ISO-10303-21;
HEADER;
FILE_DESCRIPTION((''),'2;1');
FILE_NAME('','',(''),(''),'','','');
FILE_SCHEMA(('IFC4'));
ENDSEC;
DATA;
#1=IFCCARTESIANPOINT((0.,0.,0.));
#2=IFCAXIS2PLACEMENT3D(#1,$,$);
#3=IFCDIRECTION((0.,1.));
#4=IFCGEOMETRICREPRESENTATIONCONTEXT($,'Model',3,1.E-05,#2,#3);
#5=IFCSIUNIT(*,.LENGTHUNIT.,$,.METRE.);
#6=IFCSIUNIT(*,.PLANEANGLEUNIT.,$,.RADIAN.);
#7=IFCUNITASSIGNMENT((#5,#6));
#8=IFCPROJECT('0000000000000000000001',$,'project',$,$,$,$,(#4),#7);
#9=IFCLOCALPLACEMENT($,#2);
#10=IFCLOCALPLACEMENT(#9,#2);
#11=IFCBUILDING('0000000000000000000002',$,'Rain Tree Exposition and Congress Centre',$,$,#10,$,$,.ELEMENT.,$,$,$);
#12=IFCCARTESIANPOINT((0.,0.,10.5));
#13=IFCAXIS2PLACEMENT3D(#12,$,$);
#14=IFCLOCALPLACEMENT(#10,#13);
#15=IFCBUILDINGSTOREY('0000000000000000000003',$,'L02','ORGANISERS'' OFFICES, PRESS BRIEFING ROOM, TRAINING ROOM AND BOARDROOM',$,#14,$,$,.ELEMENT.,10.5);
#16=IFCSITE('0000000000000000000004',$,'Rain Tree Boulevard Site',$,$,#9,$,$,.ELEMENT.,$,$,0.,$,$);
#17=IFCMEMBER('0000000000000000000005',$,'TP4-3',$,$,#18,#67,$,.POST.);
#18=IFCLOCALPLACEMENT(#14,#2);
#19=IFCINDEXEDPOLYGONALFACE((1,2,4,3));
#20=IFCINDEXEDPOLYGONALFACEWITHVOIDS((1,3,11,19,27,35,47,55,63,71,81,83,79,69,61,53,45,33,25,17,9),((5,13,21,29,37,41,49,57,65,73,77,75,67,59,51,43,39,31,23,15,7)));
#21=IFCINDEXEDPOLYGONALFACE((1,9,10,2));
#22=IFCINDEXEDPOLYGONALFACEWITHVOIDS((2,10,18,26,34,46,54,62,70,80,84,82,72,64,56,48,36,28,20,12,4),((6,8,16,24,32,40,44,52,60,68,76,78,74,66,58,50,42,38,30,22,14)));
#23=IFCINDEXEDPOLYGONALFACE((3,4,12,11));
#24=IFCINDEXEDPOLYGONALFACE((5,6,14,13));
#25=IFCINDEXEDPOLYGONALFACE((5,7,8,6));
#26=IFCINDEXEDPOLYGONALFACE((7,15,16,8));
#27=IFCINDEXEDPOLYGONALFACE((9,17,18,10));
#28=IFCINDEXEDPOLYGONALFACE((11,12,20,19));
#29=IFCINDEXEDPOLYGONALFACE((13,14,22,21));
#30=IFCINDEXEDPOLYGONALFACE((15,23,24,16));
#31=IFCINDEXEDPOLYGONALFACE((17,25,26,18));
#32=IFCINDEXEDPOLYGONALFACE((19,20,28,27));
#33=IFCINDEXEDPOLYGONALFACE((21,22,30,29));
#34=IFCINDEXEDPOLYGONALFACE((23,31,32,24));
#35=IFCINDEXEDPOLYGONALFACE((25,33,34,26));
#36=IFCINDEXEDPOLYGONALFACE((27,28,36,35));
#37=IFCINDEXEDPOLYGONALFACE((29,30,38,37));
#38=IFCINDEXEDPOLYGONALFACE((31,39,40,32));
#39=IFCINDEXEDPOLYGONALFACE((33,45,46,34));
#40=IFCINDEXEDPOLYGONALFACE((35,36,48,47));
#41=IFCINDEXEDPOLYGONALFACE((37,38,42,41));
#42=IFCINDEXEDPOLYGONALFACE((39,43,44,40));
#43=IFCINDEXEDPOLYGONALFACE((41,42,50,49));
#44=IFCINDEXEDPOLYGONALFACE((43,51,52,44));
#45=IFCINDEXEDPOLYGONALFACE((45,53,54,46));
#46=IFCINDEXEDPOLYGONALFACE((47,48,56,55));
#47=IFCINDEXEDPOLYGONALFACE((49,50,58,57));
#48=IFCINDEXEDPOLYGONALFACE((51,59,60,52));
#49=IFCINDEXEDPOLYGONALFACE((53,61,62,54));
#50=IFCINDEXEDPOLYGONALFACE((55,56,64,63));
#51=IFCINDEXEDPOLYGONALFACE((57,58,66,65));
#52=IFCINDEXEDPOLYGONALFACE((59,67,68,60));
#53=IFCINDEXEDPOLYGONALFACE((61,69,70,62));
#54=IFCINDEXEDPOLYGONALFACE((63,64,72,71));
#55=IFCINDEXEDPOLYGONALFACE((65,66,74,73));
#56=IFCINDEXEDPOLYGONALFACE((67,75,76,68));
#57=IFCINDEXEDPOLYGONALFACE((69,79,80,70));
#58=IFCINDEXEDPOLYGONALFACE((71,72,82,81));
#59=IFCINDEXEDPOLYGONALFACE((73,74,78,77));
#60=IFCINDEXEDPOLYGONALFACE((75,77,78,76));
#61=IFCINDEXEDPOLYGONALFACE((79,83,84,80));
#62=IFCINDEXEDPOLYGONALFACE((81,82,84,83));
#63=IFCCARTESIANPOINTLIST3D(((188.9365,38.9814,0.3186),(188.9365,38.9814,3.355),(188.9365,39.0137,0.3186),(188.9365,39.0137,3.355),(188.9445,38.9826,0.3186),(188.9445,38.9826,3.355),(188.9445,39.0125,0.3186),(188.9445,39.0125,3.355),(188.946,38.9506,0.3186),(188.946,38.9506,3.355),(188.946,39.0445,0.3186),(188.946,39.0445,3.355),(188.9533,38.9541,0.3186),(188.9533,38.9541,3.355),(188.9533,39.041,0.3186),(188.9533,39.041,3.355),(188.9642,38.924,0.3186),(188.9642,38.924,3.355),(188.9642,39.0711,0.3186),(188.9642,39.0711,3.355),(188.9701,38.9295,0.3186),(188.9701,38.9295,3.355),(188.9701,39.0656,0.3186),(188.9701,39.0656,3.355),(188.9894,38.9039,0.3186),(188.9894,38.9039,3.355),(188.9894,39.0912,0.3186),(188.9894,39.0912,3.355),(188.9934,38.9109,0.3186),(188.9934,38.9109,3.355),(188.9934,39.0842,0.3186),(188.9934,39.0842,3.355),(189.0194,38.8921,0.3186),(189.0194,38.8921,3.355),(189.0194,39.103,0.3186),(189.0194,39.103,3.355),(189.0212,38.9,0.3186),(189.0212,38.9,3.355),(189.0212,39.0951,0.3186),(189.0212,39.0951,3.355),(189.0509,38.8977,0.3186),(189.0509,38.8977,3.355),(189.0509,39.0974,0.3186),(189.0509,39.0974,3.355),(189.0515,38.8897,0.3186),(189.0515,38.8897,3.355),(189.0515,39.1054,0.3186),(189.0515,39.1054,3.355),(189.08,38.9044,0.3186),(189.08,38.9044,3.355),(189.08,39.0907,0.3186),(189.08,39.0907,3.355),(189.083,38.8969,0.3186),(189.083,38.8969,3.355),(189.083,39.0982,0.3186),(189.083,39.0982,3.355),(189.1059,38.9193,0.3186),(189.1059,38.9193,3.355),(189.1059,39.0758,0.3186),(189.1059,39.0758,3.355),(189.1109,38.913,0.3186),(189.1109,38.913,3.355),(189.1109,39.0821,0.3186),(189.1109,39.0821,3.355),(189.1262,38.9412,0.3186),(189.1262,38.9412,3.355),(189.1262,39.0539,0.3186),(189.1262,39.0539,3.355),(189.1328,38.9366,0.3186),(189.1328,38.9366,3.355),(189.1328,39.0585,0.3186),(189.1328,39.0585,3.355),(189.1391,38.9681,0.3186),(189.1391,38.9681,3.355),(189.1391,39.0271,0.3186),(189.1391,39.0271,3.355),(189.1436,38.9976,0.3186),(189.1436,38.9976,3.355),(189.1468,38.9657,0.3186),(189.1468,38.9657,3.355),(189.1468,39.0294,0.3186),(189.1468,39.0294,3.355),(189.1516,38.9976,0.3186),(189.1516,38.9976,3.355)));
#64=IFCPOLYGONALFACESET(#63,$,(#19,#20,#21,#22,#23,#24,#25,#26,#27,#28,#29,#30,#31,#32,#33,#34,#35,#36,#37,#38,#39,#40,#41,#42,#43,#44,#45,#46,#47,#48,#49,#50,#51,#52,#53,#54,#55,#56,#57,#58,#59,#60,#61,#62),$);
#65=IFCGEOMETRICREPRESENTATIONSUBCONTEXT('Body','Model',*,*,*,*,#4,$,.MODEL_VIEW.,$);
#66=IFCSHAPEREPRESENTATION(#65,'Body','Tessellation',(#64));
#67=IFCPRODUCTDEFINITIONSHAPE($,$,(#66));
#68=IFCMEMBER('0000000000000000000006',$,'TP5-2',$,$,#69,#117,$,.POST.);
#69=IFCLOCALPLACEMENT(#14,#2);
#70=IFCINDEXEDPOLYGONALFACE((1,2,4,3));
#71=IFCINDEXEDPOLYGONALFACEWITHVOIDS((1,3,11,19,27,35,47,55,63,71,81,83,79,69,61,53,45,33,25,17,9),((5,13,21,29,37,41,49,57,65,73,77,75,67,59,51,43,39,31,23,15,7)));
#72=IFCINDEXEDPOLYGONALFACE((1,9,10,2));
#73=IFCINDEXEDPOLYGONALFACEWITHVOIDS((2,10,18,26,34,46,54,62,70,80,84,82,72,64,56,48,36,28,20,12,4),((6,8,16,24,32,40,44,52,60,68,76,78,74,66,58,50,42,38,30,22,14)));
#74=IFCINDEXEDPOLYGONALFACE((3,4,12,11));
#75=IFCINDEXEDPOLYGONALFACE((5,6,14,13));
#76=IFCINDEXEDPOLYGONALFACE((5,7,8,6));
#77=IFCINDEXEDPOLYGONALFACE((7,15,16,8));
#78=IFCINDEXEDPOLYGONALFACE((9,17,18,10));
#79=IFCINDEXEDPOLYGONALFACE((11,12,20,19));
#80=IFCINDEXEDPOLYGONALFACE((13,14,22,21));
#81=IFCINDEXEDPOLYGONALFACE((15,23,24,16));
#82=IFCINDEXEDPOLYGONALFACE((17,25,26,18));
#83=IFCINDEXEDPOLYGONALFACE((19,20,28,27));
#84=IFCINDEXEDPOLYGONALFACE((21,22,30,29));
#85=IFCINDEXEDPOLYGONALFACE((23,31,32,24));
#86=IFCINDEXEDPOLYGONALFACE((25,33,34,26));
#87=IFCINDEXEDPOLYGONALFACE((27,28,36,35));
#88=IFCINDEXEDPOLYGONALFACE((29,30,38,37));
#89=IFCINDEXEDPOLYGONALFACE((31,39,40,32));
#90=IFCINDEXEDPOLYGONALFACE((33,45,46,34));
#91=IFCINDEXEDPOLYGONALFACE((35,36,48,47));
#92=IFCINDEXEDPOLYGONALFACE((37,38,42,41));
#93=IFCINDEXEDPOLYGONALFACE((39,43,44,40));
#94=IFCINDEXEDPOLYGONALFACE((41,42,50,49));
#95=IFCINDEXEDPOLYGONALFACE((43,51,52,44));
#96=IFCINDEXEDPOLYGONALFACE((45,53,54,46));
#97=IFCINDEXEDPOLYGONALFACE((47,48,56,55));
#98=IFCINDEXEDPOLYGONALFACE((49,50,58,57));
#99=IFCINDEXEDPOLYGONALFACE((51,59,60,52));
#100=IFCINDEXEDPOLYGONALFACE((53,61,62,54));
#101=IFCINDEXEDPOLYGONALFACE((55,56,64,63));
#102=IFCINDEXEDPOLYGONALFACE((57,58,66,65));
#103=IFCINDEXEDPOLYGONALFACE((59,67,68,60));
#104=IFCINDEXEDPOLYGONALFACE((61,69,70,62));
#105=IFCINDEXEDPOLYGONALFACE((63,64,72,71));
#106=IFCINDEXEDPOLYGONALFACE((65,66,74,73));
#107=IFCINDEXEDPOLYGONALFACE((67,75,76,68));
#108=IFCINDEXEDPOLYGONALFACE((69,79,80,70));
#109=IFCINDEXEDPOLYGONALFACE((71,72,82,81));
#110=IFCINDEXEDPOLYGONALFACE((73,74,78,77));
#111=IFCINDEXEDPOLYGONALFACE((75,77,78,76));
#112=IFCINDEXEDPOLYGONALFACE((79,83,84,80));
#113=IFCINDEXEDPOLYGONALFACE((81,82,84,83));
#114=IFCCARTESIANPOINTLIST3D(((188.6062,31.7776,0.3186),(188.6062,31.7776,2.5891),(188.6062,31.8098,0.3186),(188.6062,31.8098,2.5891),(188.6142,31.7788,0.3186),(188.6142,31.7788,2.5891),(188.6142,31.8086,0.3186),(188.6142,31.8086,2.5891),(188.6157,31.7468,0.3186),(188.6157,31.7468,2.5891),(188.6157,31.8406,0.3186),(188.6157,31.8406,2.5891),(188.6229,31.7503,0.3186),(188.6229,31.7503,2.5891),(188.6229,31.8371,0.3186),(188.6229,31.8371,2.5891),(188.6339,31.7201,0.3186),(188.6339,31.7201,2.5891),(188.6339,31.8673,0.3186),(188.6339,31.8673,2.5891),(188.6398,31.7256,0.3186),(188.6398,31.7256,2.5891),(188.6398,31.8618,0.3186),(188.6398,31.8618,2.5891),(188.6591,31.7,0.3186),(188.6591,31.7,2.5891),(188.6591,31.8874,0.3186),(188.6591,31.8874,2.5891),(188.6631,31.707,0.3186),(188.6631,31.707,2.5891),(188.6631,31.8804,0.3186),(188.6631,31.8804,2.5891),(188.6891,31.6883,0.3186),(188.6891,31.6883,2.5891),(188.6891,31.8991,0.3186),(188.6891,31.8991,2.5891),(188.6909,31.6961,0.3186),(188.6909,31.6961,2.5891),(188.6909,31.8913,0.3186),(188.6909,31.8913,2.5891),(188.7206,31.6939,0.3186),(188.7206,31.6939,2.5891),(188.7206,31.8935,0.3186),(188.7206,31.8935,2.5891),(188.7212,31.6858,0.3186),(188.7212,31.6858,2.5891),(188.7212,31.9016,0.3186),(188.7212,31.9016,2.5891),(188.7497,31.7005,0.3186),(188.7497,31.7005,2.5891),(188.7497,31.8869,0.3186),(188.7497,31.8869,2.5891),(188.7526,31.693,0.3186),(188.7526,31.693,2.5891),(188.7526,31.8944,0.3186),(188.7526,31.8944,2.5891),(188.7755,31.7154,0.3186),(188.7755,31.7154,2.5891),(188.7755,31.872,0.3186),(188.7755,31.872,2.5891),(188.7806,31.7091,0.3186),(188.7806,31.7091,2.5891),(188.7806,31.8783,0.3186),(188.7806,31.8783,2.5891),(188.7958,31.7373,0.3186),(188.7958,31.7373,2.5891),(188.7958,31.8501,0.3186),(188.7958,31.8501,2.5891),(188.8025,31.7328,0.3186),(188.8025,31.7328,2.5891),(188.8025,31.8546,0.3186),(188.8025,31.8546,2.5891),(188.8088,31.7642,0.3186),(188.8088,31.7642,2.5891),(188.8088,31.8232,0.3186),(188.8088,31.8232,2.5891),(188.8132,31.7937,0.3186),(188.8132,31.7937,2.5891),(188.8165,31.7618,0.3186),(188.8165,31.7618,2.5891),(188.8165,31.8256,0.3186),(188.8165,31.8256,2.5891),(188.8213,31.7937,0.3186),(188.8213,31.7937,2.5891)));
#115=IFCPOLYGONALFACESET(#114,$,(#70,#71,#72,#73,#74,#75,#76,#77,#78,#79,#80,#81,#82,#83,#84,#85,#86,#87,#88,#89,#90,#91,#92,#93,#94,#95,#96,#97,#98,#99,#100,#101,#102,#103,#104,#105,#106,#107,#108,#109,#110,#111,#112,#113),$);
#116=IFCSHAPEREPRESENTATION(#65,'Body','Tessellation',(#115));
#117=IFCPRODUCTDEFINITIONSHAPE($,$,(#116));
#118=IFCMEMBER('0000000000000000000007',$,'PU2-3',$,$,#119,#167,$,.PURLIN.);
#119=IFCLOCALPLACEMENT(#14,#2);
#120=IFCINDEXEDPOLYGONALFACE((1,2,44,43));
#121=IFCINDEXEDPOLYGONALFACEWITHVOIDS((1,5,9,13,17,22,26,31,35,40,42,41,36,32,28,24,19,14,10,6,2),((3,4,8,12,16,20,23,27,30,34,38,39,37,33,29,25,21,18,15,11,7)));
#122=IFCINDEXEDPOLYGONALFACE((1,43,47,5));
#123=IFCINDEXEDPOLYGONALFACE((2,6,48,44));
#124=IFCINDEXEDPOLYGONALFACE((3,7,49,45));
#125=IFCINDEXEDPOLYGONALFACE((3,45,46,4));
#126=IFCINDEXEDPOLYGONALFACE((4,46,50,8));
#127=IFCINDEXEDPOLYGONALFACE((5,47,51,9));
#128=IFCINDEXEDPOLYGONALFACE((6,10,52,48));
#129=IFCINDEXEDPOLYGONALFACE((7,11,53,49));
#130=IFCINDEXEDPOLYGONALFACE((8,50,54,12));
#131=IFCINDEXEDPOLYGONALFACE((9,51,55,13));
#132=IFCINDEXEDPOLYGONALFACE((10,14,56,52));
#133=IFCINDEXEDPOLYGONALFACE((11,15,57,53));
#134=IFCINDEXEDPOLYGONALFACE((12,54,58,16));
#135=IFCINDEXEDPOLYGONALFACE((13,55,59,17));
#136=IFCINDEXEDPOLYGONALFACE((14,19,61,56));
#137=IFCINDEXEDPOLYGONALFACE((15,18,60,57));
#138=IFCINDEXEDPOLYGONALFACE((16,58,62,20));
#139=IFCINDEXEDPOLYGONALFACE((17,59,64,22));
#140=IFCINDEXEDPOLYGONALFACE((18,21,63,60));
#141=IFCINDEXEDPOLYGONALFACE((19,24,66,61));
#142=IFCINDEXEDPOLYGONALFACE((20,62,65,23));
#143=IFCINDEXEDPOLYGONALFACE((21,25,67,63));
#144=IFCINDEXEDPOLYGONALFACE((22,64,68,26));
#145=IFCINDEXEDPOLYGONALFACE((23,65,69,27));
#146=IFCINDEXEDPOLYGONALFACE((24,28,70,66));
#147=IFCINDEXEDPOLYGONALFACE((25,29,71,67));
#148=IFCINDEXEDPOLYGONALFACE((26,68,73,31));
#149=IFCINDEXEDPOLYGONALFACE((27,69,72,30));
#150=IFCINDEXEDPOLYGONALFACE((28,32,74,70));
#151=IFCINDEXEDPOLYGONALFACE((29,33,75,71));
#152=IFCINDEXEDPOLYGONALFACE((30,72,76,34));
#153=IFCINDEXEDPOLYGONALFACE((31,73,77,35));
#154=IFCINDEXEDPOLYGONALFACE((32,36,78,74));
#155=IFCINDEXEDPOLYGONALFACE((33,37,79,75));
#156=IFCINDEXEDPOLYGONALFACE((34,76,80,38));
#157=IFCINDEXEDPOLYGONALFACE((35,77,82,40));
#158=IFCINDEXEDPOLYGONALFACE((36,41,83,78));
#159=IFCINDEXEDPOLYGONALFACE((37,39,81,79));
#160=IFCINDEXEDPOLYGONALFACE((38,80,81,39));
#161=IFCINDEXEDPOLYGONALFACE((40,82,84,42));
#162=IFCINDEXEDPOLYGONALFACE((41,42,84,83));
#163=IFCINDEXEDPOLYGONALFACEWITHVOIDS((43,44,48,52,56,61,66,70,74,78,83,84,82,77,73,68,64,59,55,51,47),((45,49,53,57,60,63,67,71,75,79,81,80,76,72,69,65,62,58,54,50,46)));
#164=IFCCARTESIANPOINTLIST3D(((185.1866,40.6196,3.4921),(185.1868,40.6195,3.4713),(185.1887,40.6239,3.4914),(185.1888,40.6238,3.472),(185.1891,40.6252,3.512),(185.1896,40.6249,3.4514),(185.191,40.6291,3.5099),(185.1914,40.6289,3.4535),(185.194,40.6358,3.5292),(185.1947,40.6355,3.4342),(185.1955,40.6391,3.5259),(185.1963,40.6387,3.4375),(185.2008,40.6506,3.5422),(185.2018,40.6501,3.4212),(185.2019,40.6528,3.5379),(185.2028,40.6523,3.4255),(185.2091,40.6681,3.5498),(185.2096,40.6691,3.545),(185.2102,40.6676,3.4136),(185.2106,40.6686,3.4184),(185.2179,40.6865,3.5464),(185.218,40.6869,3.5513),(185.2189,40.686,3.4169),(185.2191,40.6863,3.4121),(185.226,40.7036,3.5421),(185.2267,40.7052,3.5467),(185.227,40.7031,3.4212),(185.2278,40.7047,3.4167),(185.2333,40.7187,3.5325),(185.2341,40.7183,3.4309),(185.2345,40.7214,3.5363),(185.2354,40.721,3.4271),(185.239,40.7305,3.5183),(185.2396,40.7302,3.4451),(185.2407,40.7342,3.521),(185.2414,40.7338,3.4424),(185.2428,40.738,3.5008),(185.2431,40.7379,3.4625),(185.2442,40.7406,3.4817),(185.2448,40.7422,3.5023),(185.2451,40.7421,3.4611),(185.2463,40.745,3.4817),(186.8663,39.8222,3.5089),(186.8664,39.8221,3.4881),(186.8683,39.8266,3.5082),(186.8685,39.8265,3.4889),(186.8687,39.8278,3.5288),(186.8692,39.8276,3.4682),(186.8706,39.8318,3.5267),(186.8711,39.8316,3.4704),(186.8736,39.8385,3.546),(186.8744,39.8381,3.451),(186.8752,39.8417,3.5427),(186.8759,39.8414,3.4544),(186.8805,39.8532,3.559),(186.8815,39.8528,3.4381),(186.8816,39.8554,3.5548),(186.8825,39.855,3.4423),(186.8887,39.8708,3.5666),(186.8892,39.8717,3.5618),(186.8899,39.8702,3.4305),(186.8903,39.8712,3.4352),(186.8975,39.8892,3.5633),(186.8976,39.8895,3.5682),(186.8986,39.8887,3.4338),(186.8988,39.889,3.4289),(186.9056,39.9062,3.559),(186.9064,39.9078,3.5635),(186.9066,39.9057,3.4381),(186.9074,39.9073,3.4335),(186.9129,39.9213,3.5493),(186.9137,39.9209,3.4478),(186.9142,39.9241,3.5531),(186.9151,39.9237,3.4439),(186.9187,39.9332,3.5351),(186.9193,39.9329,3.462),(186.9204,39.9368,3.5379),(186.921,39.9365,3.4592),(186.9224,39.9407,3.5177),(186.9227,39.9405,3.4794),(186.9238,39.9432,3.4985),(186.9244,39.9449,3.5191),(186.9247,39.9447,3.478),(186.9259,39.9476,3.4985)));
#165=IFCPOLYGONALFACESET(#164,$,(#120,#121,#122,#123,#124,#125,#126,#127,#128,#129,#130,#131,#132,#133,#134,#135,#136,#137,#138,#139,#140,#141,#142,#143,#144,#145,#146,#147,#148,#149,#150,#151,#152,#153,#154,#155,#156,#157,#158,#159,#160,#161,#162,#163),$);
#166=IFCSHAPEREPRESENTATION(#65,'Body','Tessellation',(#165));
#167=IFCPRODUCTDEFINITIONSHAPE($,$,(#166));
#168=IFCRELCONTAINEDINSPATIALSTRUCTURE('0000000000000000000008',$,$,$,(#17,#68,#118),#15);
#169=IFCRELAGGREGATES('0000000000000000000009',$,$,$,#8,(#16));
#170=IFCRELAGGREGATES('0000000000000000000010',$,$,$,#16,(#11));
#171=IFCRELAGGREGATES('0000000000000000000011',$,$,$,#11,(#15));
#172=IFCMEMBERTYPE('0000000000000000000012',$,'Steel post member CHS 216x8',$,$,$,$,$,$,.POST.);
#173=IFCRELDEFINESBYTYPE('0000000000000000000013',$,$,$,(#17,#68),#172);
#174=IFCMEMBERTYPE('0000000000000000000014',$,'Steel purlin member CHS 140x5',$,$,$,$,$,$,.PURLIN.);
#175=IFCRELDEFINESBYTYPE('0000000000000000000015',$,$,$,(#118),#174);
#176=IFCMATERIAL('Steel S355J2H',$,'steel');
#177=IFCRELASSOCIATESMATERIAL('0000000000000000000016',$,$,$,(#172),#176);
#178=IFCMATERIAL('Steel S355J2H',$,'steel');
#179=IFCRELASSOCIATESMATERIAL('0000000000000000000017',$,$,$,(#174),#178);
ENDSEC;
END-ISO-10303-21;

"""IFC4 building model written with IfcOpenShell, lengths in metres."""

from ifc_helpers import new_model, si_unit, direction, frame, origin, origin_2d, place, context, subcontext, project, spatial, hollow_circle, extrude, material, material_profile, profile_set, type_object, element, save


model = new_model("IFC4")

# Units and contexts
model_context = context("Model", 3, precision=1e-05, world=origin(), true_north=direction((0.0, 1.0)))
body_context = subcontext(model_context, "Body", "Model", "MODEL_VIEW")
ifc_project = project(units=[si_unit("LENGTHUNIT", "METRE"), si_unit("PLANEANGLEUNIT", "RADIAN")], contexts=[model_context])

# Site, building, storey
site_placement = place(None, origin())
site = spatial("IfcSite", under=ifc_project, at=site_placement, Name="Rain Tree Boulevard Site", CompositionType="ELEMENT", RefElevation=0.0)
building_placement = place(site_placement, origin())
building = spatial("IfcBuilding", under=site, at=building_placement, Name="Rain Tree Exposition and Congress Centre", CompositionType="ELEMENT")
storey_placement = place(building_placement, frame((0.0, 0.0, 10.5)))
storey = spatial("IfcBuildingStorey", under=building, at=storey_placement, Name="L02", Description="ORGANISERS' OFFICES, PRESS BRIEFING ROOM, TRAINING ROOM AND BOARDROOM", CompositionType="ELEMENT", Elevation=10.5)

# Members
ifc_material_1 = material(Name="Steel S355J2H", Category="steel")
ifc_material_profile_1 = material_profile(ifc_material_1, hollow_circle(Radius=0.1082, WallThickness=0.0081, at=origin_2d()), Name="CHS 216x8")
ifc_profile_set_1 = profile_set([ifc_material_profile_1], Name="Steel S355J2H")
member_type_1 = type_object("IfcMemberType", Name="Steel post member CHS 216x8", PredefinedType="POST", material=ifc_profile_set_1)
member_1_placement = place(storey_placement, frame((189.0435, 38.9976, 0.3186), z_axis=(0.0, 0.0, 1.0), x_axis=(1.0, 0.0, 0.0)))
element("IfcMember", 1, at=member_1_placement, inside=storey, type_object=member_type_1, Name="TP4-3", PredefinedType="POST", context=body_context, shape_type="SweptSolid", body=[
    extrude(hollow_circle(Radius=0.1082, WallThickness=0.0081, at=origin_2d()), origin(), (0.0, 0.0, 1.0), 3.0364),
])
member_2_placement = place(storey_placement, frame((188.7131, 31.7937, 0.3186), z_axis=(0.0, 0.0, 1.0), x_axis=(1.0, 0.0, 0.0)))
element("IfcMember", 2, at=member_2_placement, inside=storey, type_object=member_type_1, Name="TP5-2", PredefinedType="POST", context=body_context, shape_type="SweptSolid", body=[
    extrude(hollow_circle(Radius=0.1082, WallThickness=0.0081, at=origin_2d()), origin(), (0.0, 0.0, 1.0), 2.2705),
])
ifc_material_2 = material(Name="Steel S355J2H", Category="steel")
ifc_material_profile_2 = material_profile(ifc_material_2, hollow_circle(Radius=0.0698, WallThickness=0.0049, at=origin_2d()), Name="CHS 140x5")
ifc_profile_set_2 = profile_set([ifc_material_profile_2], Name="Steel S355J2H")
member_type_2 = type_object("IfcMemberType", Name="Steel purlin member CHS 140x5", PredefinedType="PURLIN", material=ifc_profile_set_2)
member_3_placement = place(storey_placement, frame((185.2163, 40.6819, 3.4817), z_axis=(0.903342, -0.428825, 0.00906), x_axis=(0.428843, 0.903379, 0.0)))
element("IfcMember", 3, at=member_3_placement, inside=storey, type_object=member_type_2, Name="PU2-3", PredefinedType="PURLIN", context=body_context, shape_type="SweptSolid", body=[
    extrude(hollow_circle(Radius=0.0698, WallThickness=0.0049, at=origin_2d()), origin(), (0.0, 0.0, 1.0), 1.8594),
])

save(model, "model.ifc")
